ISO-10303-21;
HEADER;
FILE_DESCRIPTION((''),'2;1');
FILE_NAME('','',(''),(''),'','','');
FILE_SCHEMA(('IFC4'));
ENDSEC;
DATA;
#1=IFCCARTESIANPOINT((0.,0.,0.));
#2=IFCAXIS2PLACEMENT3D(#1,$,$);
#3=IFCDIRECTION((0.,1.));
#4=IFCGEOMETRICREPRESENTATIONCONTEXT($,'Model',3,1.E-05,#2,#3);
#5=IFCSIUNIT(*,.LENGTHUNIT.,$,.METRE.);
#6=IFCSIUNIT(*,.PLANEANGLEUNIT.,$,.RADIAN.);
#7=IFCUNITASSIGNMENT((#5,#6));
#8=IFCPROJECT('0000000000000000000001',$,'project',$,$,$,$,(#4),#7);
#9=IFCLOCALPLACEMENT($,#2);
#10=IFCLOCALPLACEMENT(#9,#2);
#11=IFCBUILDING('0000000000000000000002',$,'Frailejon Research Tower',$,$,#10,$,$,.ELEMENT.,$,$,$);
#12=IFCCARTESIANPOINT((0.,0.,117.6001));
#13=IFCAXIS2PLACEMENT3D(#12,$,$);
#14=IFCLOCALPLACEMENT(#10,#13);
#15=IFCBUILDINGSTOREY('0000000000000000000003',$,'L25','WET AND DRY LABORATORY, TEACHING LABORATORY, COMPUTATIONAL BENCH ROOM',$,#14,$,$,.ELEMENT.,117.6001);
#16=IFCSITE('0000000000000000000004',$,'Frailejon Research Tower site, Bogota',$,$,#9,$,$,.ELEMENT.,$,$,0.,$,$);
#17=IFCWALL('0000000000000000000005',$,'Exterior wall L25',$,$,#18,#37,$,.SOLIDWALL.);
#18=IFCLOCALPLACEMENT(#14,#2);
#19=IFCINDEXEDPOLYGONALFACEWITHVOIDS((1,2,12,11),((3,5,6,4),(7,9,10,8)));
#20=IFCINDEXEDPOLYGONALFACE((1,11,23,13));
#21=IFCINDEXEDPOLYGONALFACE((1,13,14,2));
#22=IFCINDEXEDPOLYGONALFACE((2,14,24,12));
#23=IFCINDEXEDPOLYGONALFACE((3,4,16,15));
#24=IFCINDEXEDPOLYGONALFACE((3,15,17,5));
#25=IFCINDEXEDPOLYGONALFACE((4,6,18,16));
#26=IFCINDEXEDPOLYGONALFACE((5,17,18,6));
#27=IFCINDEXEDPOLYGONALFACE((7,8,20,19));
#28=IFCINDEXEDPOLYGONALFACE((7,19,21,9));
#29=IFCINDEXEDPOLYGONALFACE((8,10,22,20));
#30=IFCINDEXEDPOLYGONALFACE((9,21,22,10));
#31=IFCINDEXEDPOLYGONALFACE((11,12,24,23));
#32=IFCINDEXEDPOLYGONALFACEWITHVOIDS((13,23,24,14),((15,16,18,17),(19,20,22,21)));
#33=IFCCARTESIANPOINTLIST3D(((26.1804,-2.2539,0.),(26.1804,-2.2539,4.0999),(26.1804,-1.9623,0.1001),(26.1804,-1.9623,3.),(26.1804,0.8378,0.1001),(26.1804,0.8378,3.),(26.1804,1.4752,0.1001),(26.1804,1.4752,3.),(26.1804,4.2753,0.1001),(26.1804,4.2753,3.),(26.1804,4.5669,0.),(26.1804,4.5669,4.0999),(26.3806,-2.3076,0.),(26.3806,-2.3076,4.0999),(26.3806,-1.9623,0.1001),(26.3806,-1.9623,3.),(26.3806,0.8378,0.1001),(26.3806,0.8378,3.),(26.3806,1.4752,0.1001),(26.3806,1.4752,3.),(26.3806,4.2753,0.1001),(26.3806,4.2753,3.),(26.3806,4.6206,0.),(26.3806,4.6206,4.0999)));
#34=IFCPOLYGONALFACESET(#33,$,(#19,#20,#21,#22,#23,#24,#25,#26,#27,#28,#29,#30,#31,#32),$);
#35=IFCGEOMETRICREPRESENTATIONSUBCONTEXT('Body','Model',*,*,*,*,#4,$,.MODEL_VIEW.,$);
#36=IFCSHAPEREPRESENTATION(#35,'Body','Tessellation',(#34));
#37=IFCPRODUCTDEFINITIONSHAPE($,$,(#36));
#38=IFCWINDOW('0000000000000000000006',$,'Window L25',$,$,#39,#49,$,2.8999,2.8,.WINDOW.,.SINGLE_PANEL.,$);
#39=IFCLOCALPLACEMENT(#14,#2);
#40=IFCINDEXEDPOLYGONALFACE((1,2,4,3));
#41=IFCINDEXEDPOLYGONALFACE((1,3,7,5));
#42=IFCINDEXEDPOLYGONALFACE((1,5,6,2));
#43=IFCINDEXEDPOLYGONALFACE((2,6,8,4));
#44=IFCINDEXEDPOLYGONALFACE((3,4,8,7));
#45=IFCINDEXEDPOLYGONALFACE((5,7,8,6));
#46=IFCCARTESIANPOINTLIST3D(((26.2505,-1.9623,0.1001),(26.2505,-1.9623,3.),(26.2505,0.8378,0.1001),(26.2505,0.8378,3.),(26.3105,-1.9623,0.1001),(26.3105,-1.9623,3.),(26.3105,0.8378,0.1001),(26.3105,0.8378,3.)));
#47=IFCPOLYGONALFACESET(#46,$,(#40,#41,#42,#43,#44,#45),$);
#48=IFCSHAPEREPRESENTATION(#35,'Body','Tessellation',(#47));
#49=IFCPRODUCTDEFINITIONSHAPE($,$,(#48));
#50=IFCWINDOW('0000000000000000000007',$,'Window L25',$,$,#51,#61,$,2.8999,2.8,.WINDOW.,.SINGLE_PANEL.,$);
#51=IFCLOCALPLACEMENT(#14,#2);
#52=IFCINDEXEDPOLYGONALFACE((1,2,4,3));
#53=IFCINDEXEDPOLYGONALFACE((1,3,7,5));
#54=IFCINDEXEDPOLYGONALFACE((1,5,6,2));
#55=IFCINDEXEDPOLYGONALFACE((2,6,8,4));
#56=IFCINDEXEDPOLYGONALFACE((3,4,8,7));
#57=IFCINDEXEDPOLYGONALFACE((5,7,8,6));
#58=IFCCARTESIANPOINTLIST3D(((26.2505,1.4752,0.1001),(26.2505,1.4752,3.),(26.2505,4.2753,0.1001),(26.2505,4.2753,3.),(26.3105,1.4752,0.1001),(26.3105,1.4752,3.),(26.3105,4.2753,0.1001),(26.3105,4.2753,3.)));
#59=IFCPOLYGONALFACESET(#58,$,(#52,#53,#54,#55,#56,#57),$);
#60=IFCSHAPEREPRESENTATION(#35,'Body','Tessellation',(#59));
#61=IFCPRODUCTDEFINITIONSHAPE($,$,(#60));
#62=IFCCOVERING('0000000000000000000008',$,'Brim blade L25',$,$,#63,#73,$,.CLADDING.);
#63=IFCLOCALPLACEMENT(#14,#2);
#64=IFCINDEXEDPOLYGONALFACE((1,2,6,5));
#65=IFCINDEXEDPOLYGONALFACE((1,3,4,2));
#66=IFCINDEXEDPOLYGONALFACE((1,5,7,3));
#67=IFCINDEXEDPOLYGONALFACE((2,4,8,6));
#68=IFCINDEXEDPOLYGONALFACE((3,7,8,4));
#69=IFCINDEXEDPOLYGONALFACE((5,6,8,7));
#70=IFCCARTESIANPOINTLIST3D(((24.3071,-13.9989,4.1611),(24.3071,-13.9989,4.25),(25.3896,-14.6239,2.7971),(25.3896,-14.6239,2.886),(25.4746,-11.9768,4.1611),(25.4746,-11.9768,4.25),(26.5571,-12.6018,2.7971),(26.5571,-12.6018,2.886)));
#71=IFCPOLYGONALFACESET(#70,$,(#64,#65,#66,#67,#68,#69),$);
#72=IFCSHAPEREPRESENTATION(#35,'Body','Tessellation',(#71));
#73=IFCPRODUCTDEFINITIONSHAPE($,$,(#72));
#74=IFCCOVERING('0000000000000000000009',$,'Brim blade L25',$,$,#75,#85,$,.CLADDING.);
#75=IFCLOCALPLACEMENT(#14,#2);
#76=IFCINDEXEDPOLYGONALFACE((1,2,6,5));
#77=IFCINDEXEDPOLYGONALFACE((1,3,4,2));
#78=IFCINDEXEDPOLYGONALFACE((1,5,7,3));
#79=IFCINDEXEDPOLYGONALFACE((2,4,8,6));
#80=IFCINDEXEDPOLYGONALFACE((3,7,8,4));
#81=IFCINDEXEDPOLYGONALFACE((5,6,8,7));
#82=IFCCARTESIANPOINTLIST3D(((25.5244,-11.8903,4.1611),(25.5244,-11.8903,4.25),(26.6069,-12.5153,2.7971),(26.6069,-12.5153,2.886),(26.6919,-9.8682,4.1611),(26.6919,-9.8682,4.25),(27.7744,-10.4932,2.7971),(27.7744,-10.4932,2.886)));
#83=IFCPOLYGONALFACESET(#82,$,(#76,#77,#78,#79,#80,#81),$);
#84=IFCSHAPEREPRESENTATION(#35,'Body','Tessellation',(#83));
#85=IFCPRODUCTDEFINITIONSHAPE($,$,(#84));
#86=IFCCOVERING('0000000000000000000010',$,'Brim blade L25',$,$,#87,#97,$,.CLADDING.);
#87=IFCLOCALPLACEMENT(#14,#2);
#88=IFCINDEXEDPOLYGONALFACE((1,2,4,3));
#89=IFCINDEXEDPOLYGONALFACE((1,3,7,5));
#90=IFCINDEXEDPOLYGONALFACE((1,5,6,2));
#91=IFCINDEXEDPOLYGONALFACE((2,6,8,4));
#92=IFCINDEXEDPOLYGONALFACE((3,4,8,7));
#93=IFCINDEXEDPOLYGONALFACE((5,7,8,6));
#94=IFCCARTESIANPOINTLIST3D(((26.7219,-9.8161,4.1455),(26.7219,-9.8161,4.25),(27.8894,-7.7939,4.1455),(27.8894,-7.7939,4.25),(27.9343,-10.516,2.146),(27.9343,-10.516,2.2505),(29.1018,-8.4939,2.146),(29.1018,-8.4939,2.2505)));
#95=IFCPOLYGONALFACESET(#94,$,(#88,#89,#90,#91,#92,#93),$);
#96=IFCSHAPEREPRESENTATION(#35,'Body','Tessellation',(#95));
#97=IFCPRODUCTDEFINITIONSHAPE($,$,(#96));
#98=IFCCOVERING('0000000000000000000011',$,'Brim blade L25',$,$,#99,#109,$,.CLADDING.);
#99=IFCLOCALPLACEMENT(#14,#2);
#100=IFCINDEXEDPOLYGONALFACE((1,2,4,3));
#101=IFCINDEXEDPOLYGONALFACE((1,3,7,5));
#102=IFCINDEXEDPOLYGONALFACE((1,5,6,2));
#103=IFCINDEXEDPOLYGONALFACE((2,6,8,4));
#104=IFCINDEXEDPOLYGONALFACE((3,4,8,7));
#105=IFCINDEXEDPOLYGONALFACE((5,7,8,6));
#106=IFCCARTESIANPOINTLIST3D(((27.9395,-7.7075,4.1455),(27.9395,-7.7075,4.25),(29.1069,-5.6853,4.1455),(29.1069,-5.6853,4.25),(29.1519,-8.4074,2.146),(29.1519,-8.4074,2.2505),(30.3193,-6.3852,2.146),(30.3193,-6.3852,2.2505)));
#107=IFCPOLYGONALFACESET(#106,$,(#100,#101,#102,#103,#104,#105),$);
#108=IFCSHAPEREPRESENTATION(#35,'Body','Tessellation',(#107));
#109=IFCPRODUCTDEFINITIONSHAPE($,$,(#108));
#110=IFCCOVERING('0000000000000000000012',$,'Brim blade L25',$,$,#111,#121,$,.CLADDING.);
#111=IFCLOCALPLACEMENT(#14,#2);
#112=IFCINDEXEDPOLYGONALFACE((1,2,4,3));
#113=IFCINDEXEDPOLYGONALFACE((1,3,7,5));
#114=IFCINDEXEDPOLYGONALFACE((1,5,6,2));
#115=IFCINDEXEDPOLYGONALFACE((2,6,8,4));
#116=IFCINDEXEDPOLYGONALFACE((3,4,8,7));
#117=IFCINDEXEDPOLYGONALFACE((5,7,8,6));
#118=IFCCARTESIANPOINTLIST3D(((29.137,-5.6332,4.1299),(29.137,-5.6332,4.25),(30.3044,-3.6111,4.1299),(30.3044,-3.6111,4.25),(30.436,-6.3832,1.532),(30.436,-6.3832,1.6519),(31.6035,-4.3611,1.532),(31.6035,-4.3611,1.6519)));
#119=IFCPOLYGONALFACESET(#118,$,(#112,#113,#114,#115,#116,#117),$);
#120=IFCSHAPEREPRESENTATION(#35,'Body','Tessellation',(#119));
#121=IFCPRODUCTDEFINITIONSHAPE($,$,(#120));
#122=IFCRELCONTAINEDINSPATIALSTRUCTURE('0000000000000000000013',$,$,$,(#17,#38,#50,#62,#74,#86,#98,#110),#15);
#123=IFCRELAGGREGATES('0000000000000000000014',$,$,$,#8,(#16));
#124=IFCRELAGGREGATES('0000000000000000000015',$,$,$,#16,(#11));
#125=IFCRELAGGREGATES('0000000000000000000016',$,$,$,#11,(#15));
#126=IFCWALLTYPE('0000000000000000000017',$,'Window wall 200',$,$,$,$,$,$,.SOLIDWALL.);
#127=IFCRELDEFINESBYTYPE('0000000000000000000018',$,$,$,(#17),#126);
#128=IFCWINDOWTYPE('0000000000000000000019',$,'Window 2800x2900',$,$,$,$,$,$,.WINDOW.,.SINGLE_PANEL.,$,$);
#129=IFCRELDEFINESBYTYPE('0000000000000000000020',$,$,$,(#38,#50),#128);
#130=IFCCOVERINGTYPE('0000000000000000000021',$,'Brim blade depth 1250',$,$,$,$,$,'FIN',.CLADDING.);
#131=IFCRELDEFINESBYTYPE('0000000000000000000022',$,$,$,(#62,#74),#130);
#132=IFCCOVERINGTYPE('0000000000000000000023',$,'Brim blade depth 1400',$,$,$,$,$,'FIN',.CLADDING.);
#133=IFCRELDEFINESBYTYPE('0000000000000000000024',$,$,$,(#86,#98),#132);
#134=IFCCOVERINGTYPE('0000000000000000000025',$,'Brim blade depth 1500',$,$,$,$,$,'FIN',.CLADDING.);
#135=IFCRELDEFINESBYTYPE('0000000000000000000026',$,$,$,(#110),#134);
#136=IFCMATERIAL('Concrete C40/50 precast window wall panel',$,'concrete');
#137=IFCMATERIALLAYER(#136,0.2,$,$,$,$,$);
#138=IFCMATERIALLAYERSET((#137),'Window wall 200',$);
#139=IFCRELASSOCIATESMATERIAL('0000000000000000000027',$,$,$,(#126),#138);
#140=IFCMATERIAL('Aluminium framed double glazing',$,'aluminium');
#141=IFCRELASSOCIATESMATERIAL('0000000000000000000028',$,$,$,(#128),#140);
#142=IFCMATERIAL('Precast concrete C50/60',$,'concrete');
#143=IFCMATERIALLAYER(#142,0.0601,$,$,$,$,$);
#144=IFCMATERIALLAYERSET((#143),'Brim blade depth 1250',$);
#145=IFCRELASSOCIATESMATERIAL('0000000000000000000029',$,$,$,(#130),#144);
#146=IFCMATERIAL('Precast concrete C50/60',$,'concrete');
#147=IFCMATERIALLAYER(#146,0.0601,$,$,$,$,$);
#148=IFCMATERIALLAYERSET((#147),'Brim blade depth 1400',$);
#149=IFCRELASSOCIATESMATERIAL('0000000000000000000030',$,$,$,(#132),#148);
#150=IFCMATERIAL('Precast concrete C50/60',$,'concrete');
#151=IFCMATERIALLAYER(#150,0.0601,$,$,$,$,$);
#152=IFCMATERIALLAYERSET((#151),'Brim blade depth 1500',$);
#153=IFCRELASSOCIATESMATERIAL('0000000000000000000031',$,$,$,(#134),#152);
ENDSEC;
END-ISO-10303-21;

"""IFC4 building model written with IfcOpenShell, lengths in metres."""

from ifc_helpers import new_model, si_unit, direction, frame, frame_2d, origin, place, context, subcontext, project, spatial, polyline, rectangle, outline, extrude, material, layer, layer_set, type_object, element, fill, save


model = new_model("IFC4")

# Units and contexts
model_context = context("Model", 3, precision=1e-05, world=origin(), true_north=direction((0.0, 1.0)))
body_context = subcontext(model_context, "Body", "Model", "MODEL_VIEW")
ifc_project = project(units=[si_unit("LENGTHUNIT", "METRE"), si_unit("PLANEANGLEUNIT", "RADIAN")], contexts=[model_context])

# Site, building, storey
site_placement = place(None, origin())
site = spatial("IfcSite", under=ifc_project, at=site_placement, Name="Frailejon Research Tower site, Bogota", CompositionType="ELEMENT", RefElevation=0.0)
building_placement = place(site_placement, origin())
building = spatial("IfcBuilding", under=site, at=building_placement, Name="Frailejon Research Tower", CompositionType="ELEMENT")
storey_placement = place(building_placement, frame((0.0, 0.0, 117.6001)))
storey = spatial("IfcBuildingStorey", under=building, at=storey_placement, Name="L25", Description="WET AND DRY LABORATORY, TEACHING LABORATORY, COMPUTATIONAL BENCH ROOM", CompositionType="ELEMENT", Elevation=117.6001)

# Wall, openings, windows
ifc_material_1 = material(Name="Concrete C40/50 precast window wall panel", Category="concrete")
ifc_layer_1 = layer(ifc_material_1, 0.2)
ifc_layer_set_1 = layer_set([ifc_layer_1], Name="Window wall 200")
wall_type_1 = type_object("IfcWallType", Name="Window wall 200", PredefinedType="SOLIDWALL", material=ifc_layer_set_1)
wall_1_placement = place(storey_placement, frame((26.2805, -2.2808, 0.0), z_axis=(0.0, 0.0, 1.0), x_axis=(0.0, 1.0, 0.0)))
wall_1 = element("IfcWall", 1, at=wall_1_placement, inside=storey, type_object=wall_type_1, Name="Exterior wall L25", PredefinedType="SOLIDWALL", context=body_context, shape_type="SweptSolid", body=[
    extrude(outline(polyline([(-0.0269, -0.1001), (1.1279, -0.1001), (2.2825, -0.1001), (3.4373, -0.1001), (4.592, -0.1001), (5.7466, -0.1001), (6.9014, -0.1001), (6.8477, 0.1001), (5.7109, 0.1001), (4.574, 0.1001), (3.4373, 0.1001), (2.3005, 0.1001), (1.1636, 0.1001), (0.0269, 0.1001), (-0.0269, -0.1001)])), origin(), (0.0, 0.0, 1.0), 4.0999),
])
opening_1_placement = place(wall_1_placement, frame((0.3186, 0.0, 0.1001)))
opening_1 = element("IfcOpeningElement", 2, at=opening_1_placement, cuts=wall_1, PredefinedType="OPENING", context=body_context, shape_type="SweptSolid", body=[
    extrude(rectangle(XDim=2.8, YDim=2.8999, at=frame_2d((1.3999, 1.45))), frame((0.0, 0.1099, 0.0), z_axis=(0.0, -1.0, 0.0), x_axis=(1.0, 0.0, 0.0)), (0.0, 0.0, 1.0), 0.22),
])
opening_2_placement = place(wall_1_placement, frame((3.7561, 0.0, 0.1001)))
opening_2 = element("IfcOpeningElement", 3, at=opening_2_placement, cuts=wall_1, PredefinedType="OPENING", context=body_context, shape_type="SweptSolid", body=[
    extrude(rectangle(XDim=2.8, YDim=2.8999, at=frame_2d((1.3999, 1.45))), frame((0.0, 0.1099, 0.0), z_axis=(0.0, -1.0, 0.0), x_axis=(1.0, 0.0, 0.0)), (0.0, 0.0, 1.0), 0.22),
])
ifc_material_2 = material(Name="Aluminium framed double glazing", Category="aluminium")
window_type = type_object("IfcWindowType", Name="Window 2800x2900", PartitioningType="SINGLE_PANEL", PredefinedType="WINDOW", material=ifc_material_2)
window_1_placement = place(opening_1_placement, origin())
window_1 = element("IfcWindow", 4, at=window_1_placement, inside=storey, type_object=window_type, Name="Window L25", OverallHeight=2.8999, OverallWidth=2.8, PartitioningType="SINGLE_PANEL", PredefinedType="WINDOW", context=body_context, shape_type="SweptSolid", body=[
    extrude(rectangle(XDim=2.8, YDim=2.8999, at=frame_2d((1.3999, 1.45))), frame((0.0, 0.03, 0.0), z_axis=(0.0, -1.0, 0.0), x_axis=(1.0, 0.0, 0.0)), (0.0, 0.0, 1.0), 0.0601),
])
fill(opening_1, window_1)
window_2_placement = place(opening_2_placement, origin())
window_2 = element("IfcWindow", 5, at=window_2_placement, inside=storey, type_object=window_type, Name="Window L25", OverallHeight=2.8999, OverallWidth=2.8, PartitioningType="SINGLE_PANEL", PredefinedType="WINDOW", context=body_context, shape_type="SweptSolid", body=[
    extrude(rectangle(XDim=2.8, YDim=2.8999, at=frame_2d((1.3999, 1.45))), frame((0.0, 0.03, 0.0), z_axis=(0.0, -1.0, 0.0), x_axis=(1.0, 0.0, 0.0)), (0.0, 0.0, 1.0), 0.0601),
])
fill(opening_2, window_2)

# Coverings
ifc_material_3 = material(Name="Precast concrete C50/60", Category="concrete")
ifc_layer_2 = layer(ifc_material_3, 0.0601)
ifc_layer_set_2 = layer_set([ifc_layer_2], Name="Brim blade depth 1250")
covering_type_1 = type_object("IfcCoveringType", Name="Brim blade depth 1250", ElementType="FIN", PredefinedType="CLADDING", material=ifc_layer_set_2)
for number, where, z_axis, x_axis, name in (
    (6, (25.4746, -11.9768, 4.25), (-0.500009, -0.86602, 0.0), (0.86602, -0.500009, 0.0), "Brim blade L25"),
    (7, (26.6919, -9.8682, 4.25), (-0.5, -0.866025, 0.0), (0.866025, -0.5, 0.0), "Brim blade L25"),
):
    element("IfcCovering", number, at=place(storey_placement, frame(where, z_axis=z_axis, x_axis=x_axis)), inside=storey, type_object=covering_type_1, Name=name, PredefinedType="CLADDING", context=body_context, shape_type="SweptSolid", body=[
        extrude(outline(polyline([(0.0, -0.0889), (1.25, -1.4529), (1.25, -1.364), (0.0, 0.0), (0.0, -0.0889)])), origin(), (0.0, 0.0, 1.0), 2.335),
    ])
ifc_material_4 = material(Name="Precast concrete C50/60", Category="concrete")
ifc_layer_3 = layer(ifc_material_4, 0.0601)
ifc_layer_set_3 = layer_set([ifc_layer_3], Name="Brim blade depth 1400")
covering_type_2 = type_object("IfcCoveringType", Name="Brim blade depth 1400", ElementType="FIN", PredefinedType="CLADDING", material=ifc_layer_set_3)
for number, where, z_axis, x_axis, name in (
    (8, (27.8894, -7.7939, 4.25), (-0.5, -0.866025, 0.0), (0.866025, -0.5, 0.0), "Brim blade L25"),
    (9, (29.1069, -5.6853, 4.25), (-0.499985, -0.866034, 0.0), (0.866034, -0.499985, 0.0), "Brim blade L25"),
):
    element("IfcCovering", number, at=place(storey_placement, frame(where, z_axis=z_axis, x_axis=x_axis)), inside=storey, type_object=covering_type_2, Name=name, PredefinedType="CLADDING", context=body_context, shape_type="SweptSolid", body=[
        extrude(outline(polyline([(0.0, -0.1045), (1.3999, -2.104), (1.3999, -1.9995), (0.0, 0.0), (0.0, -0.1045)])), origin(), (0.0, 0.0, 1.0), 2.335),
    ])
ifc_material_5 = material(Name="Precast concrete C50/60", Category="concrete")
ifc_layer_4 = layer(ifc_material_5, 0.0601)
ifc_layer_set_4 = layer_set([ifc_layer_4], Name="Brim blade depth 1500")
covering_type_3 = type_object("IfcCoveringType", Name="Brim blade depth 1500", ElementType="FIN", PredefinedType="CLADDING", material=ifc_layer_set_4)
covering_placement = place(storey_placement, frame((30.3044, -3.6111, 4.25), z_axis=(-0.499985, -0.866034, 0.0), x_axis=(0.866034, -0.499985, 0.0)))
element("IfcCovering", 10, at=covering_placement, inside=storey, type_object=covering_type_3, Name="Brim blade L25", PredefinedType="CLADDING", context=body_context, shape_type="SweptSolid", body=[
    extrude(outline(polyline([(0.0, -0.1201), (1.5, -2.718), (1.5, -2.5981), (0.0, 0.0), (0.0, -0.1201)])), origin(), (0.0, 0.0, 1.0), 2.335),
])

save(model, "model.ifc")
